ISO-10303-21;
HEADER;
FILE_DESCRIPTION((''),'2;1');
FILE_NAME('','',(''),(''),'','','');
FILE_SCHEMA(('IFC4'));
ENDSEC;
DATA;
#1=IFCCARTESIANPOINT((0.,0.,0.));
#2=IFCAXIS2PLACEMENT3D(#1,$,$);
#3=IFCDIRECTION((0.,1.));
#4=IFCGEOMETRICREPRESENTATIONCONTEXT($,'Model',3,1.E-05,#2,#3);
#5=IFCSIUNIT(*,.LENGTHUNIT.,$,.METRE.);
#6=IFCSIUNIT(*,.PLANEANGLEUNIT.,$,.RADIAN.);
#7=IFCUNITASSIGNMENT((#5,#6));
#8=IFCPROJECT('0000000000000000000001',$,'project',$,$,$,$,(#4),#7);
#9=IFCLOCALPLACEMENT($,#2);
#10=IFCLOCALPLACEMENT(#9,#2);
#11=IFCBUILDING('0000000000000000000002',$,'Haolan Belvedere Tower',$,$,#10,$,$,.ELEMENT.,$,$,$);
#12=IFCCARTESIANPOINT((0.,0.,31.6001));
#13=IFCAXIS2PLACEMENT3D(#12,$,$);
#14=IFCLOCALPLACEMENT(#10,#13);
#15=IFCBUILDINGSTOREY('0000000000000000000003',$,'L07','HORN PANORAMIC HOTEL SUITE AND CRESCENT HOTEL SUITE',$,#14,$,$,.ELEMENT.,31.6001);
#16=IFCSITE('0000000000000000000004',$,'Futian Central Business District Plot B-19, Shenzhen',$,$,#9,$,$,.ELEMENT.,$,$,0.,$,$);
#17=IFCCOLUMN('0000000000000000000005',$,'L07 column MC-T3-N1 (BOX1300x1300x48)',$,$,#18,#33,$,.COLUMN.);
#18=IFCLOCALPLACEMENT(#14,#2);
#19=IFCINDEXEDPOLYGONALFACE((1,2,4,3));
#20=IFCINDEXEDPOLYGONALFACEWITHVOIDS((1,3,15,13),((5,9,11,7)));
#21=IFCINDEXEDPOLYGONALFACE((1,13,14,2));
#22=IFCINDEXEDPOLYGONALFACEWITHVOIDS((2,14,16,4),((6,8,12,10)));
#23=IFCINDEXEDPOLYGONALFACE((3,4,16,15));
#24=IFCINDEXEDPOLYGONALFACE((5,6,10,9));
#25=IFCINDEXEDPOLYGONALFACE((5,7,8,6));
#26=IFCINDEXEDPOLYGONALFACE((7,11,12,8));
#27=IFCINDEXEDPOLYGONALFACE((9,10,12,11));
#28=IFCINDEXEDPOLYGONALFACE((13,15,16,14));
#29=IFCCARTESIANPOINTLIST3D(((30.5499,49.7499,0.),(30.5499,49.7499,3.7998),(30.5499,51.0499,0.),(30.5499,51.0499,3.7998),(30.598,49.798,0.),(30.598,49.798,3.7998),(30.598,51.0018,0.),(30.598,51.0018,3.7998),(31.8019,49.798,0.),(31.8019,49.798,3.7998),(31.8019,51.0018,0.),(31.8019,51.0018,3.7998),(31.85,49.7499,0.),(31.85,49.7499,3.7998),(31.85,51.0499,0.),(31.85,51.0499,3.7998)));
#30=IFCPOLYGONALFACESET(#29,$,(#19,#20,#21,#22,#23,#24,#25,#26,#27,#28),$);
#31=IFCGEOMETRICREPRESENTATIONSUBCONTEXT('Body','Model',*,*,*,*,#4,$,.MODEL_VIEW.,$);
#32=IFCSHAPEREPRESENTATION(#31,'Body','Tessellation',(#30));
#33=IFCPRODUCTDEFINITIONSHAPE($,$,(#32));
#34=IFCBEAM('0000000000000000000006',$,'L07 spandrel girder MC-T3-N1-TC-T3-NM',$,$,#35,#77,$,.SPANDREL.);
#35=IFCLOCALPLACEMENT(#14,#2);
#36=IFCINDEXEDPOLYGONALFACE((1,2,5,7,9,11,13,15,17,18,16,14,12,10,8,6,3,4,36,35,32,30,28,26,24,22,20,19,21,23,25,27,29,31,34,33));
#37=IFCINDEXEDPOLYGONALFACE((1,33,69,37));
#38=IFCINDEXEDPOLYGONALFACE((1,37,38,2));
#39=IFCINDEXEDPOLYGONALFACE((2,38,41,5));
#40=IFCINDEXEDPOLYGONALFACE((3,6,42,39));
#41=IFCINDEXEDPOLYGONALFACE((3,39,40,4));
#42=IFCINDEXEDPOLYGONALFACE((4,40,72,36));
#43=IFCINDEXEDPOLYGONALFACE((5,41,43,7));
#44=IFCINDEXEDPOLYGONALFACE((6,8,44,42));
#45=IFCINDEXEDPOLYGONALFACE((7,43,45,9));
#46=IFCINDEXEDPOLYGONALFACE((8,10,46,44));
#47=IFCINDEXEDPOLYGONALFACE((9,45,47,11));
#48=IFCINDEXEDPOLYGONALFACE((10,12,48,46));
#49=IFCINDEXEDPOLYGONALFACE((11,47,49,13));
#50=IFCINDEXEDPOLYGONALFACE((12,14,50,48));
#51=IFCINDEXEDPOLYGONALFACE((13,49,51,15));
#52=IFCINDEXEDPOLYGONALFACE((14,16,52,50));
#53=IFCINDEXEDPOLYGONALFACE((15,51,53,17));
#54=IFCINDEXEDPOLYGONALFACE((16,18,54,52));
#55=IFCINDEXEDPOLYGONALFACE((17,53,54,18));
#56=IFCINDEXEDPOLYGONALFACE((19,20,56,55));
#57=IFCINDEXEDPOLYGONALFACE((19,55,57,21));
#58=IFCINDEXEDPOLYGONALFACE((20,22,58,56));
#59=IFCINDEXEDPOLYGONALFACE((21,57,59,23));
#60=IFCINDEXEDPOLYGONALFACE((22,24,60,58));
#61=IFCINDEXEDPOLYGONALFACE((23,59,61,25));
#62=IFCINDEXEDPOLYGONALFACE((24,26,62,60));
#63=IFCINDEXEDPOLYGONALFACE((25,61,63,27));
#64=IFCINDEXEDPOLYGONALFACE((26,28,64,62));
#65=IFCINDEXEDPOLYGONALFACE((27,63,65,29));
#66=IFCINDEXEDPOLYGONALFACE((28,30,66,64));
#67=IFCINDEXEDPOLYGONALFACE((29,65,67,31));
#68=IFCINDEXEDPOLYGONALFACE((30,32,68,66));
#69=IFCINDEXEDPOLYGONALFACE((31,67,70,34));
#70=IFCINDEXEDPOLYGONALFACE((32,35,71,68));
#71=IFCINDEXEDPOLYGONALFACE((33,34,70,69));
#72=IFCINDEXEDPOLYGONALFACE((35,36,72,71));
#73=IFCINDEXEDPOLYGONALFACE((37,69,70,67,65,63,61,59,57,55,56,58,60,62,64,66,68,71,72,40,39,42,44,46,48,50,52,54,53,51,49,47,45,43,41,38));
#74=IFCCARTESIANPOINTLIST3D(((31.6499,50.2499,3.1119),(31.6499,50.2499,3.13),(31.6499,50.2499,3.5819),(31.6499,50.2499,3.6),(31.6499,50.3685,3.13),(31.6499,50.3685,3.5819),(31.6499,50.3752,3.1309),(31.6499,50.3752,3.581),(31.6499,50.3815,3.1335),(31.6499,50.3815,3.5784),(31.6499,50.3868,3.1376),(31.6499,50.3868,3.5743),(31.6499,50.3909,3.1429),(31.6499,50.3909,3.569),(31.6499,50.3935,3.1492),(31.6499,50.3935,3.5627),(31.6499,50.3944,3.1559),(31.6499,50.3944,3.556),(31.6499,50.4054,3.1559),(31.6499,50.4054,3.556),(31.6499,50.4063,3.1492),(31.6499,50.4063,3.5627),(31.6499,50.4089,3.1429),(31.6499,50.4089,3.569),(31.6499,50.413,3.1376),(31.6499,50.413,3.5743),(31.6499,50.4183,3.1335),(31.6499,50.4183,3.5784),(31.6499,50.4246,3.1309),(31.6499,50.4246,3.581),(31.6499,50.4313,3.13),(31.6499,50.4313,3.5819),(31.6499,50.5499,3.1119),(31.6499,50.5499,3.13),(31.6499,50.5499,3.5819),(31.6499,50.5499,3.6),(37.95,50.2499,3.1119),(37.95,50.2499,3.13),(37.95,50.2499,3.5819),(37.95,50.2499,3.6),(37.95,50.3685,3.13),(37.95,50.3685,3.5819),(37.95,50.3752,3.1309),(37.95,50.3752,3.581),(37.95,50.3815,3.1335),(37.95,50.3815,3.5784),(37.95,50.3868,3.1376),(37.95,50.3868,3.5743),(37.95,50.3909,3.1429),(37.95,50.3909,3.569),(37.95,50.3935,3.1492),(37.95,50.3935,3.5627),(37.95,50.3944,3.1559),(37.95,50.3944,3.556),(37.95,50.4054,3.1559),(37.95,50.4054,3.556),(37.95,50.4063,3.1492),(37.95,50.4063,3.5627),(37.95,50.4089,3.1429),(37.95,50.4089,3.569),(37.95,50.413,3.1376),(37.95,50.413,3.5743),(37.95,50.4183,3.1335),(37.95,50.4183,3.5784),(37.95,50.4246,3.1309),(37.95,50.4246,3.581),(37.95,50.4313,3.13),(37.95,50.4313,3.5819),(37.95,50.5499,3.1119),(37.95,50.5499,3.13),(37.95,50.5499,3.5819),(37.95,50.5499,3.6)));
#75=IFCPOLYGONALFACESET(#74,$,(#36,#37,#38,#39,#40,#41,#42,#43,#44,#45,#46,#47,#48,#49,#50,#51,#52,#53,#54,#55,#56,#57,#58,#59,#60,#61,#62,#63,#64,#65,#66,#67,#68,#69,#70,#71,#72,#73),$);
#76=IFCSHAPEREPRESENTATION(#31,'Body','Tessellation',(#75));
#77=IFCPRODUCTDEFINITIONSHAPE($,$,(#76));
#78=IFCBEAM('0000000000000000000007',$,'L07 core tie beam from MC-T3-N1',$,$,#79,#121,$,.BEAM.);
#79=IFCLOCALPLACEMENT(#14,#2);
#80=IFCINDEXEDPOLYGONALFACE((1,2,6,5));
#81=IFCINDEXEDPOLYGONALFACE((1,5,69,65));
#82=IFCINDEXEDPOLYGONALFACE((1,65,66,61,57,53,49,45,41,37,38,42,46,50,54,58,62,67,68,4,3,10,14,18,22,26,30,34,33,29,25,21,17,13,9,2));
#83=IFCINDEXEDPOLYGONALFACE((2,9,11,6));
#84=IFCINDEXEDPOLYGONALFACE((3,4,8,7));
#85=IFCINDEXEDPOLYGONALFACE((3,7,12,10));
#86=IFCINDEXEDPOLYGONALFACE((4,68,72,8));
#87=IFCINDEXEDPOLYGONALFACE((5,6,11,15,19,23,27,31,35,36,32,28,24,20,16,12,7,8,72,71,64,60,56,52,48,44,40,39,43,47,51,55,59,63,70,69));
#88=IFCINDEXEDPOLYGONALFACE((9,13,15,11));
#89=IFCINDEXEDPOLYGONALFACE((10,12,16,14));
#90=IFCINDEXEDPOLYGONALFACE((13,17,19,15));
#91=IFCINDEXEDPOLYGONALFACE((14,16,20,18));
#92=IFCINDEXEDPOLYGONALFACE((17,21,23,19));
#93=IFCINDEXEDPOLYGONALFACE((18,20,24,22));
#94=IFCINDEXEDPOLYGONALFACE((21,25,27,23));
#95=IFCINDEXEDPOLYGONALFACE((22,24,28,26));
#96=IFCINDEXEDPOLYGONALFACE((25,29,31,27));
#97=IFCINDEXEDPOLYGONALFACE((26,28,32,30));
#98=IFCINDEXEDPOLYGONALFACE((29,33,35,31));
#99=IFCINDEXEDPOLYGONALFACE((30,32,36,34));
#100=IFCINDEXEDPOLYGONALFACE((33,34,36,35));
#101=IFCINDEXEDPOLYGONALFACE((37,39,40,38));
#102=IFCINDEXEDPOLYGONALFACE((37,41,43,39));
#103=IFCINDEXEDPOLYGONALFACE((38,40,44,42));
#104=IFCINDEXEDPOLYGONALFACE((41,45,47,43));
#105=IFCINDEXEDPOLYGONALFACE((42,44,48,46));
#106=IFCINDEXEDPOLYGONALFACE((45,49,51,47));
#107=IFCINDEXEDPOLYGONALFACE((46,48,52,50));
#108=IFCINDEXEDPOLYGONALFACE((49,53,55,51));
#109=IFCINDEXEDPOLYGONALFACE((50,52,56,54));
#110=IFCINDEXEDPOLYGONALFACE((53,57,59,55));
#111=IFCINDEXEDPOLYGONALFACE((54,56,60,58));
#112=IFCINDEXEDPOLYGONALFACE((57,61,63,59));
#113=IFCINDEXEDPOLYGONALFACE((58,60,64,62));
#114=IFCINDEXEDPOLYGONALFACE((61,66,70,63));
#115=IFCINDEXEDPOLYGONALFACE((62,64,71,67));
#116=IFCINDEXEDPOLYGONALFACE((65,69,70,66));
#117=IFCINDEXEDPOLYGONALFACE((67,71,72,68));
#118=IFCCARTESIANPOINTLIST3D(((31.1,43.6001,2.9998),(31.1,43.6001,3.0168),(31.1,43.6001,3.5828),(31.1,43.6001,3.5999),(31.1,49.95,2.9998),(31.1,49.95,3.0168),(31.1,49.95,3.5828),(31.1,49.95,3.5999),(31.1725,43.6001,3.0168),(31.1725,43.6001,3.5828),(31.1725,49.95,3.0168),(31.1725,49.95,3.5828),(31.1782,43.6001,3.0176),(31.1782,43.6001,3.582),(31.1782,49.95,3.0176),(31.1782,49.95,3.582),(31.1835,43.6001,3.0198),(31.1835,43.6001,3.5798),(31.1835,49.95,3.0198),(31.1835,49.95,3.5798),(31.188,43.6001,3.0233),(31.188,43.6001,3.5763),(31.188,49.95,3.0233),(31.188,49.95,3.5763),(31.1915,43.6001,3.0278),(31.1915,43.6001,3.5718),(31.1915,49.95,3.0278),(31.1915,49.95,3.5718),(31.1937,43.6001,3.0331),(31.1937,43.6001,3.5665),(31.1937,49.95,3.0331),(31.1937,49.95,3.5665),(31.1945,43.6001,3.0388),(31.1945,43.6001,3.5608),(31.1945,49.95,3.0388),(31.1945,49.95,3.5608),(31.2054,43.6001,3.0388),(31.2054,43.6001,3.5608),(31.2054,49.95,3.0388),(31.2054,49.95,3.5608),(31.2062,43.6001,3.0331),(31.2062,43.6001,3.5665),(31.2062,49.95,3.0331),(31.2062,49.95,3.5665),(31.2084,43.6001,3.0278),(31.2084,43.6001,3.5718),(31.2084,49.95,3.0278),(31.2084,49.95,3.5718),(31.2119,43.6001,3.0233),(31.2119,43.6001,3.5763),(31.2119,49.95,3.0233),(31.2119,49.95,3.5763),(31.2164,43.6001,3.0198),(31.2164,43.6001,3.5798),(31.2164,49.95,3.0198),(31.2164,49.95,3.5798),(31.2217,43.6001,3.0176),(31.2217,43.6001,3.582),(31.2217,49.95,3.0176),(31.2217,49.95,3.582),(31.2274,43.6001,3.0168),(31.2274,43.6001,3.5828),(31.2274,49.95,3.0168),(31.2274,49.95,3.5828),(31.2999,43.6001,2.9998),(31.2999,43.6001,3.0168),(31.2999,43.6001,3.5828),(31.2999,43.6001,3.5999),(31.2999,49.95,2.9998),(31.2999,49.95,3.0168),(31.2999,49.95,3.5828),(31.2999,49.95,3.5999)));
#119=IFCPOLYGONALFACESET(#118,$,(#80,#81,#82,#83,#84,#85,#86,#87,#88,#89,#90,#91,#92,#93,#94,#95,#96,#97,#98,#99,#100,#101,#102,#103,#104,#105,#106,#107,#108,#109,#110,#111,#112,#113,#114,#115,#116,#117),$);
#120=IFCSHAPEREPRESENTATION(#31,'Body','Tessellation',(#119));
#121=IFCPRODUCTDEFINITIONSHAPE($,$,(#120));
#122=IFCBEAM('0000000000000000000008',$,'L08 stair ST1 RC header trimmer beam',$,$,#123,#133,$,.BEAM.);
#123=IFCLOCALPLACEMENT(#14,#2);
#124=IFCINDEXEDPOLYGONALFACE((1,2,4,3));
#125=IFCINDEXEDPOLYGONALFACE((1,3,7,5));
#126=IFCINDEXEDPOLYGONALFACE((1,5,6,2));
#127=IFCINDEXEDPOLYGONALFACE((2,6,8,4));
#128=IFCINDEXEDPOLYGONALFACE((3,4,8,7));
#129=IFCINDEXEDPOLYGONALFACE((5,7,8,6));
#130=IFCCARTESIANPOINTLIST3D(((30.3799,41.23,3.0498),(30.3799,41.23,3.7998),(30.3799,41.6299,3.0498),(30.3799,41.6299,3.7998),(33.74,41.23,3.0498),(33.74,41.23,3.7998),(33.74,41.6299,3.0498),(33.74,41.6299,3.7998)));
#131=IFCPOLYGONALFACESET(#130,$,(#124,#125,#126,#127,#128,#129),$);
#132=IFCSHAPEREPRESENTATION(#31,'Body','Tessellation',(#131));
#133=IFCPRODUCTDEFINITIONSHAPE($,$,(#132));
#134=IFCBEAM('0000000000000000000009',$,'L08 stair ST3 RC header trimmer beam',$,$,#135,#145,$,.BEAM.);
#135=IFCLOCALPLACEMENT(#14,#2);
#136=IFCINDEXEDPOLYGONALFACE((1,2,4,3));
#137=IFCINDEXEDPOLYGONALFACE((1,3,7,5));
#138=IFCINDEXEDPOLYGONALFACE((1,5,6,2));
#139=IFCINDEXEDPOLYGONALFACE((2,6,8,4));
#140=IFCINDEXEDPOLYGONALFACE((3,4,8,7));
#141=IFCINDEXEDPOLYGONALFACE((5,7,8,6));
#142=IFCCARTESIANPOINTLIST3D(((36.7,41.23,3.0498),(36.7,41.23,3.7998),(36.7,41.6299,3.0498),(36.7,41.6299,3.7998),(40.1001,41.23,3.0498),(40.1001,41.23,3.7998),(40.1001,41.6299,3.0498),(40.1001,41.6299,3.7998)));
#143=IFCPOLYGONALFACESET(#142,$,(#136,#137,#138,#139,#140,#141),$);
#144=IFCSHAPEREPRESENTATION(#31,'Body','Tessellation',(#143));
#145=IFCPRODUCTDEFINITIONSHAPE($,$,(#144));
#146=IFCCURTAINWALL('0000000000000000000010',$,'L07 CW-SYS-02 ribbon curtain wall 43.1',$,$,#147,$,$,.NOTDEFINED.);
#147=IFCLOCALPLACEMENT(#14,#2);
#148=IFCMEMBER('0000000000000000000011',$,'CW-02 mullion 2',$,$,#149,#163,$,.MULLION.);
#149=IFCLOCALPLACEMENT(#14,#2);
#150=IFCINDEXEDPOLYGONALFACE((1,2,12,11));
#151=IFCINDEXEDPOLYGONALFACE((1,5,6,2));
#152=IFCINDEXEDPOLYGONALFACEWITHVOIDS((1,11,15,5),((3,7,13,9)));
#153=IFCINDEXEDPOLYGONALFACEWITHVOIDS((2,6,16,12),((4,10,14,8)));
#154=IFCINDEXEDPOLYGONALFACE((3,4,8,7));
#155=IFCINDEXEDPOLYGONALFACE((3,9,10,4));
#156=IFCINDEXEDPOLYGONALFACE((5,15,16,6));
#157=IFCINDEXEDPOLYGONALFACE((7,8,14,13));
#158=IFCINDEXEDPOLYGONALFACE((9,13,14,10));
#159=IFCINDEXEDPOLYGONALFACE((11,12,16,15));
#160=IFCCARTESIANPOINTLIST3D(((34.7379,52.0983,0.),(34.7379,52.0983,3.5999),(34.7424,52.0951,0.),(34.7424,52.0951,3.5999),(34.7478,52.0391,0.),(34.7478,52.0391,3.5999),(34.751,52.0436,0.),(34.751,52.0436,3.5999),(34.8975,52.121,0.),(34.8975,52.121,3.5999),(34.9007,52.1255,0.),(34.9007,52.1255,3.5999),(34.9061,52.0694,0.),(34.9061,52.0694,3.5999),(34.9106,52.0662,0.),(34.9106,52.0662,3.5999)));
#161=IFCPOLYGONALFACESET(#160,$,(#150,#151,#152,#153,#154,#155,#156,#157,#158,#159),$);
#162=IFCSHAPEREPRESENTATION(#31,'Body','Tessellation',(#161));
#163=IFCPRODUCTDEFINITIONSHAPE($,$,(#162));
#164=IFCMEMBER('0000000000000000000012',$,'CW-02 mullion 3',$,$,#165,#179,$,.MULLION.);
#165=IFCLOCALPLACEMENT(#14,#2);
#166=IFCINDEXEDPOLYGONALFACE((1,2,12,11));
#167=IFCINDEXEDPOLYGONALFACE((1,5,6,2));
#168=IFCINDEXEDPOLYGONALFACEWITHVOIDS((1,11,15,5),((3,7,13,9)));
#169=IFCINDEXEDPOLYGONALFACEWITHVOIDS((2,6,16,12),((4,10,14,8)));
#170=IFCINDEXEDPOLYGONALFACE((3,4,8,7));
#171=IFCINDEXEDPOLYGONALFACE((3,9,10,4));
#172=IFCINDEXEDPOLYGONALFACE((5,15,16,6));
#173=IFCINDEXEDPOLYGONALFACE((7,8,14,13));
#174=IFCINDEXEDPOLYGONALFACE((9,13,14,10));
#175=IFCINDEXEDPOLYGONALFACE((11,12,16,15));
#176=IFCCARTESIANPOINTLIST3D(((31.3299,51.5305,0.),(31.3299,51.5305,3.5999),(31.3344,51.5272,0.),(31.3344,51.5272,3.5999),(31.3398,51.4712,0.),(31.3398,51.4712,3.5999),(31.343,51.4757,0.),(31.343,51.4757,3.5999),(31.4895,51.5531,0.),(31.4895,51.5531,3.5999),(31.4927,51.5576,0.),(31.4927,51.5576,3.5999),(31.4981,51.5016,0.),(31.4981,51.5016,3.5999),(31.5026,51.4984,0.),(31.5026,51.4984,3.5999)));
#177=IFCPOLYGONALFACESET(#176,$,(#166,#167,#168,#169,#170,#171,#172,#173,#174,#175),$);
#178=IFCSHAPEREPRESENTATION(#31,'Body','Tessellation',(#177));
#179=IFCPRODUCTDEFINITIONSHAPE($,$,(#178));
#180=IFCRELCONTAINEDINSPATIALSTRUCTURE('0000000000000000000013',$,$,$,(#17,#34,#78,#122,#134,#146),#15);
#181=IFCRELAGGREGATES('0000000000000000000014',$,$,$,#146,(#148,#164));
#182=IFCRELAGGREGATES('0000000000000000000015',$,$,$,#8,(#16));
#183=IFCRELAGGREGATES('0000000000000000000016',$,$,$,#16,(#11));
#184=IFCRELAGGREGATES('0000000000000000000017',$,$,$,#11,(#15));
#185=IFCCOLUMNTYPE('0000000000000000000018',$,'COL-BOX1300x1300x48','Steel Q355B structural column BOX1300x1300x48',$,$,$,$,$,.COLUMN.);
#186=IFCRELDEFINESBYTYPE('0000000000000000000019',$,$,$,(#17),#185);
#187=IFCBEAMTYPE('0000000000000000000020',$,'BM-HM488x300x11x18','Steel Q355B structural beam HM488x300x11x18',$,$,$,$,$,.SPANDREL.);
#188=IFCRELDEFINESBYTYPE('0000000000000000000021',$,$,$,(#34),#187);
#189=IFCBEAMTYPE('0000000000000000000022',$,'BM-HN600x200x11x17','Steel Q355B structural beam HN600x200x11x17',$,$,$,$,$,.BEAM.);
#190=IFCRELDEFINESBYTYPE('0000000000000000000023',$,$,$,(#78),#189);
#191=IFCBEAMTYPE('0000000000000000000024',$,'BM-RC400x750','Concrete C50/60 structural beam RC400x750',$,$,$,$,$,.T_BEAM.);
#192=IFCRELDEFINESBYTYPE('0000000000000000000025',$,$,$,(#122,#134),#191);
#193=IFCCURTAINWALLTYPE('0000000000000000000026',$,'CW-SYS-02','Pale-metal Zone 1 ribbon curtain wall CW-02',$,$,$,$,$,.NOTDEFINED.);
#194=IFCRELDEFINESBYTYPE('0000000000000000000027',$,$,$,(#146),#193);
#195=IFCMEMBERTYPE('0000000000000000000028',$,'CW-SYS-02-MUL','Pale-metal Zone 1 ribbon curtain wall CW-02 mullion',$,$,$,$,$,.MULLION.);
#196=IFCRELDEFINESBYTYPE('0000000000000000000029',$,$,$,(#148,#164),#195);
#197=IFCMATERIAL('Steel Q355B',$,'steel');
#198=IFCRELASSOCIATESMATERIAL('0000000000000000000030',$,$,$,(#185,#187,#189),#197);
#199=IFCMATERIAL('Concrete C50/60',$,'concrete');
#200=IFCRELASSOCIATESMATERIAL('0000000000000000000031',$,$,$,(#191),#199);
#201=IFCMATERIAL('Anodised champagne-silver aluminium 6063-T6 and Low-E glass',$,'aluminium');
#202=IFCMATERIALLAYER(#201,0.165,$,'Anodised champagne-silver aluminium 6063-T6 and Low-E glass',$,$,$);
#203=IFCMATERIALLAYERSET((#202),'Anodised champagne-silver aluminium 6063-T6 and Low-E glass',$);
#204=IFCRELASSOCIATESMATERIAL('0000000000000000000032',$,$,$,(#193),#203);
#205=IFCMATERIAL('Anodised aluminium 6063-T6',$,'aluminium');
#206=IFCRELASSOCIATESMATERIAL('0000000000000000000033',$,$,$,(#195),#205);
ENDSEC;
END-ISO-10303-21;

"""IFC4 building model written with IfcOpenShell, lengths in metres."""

from ifc_helpers import new_model, si_unit, direction, frame, origin, origin_2d, place, context, subcontext, project, spatial, rectangle, hollow_rectangle, i_section, extrude, material, layer, layer_set, material_profile, profile_set, type_object, element, aggregate, save


model = new_model("IFC4")

# Units and contexts
model_context = context("Model", 3, precision=1e-05, world=origin(), true_north=direction((0.0, 1.0)))
body_context = subcontext(model_context, "Body", "Model", "MODEL_VIEW")
ifc_project = project(units=[si_unit("LENGTHUNIT", "METRE"), si_unit("PLANEANGLEUNIT", "RADIAN")], contexts=[model_context])

# Site, building, storey
site_placement = place(None, origin())
site = spatial("IfcSite", under=ifc_project, at=site_placement, Name="Futian Central Business District Plot B-19, Shenzhen", CompositionType="ELEMENT", RefElevation=0.0)
building_placement = place(site_placement, origin())
building = spatial("IfcBuilding", under=site, at=building_placement, Name="Haolan Belvedere Tower", CompositionType="ELEMENT")
storey_placement = place(building_placement, frame((0.0, 0.0, 31.6001)))
storey = spatial("IfcBuildingStorey", under=building, at=storey_placement, Name="L07", Description="HORN PANORAMIC HOTEL SUITE AND CRESCENT HOTEL SUITE", CompositionType="ELEMENT", Elevation=31.6001)

# Column
ifc_material_1 = material(Name="Steel Q355B", Category="steel")
ifc_material_profile_1 = material_profile(ifc_material_1, hollow_rectangle(XDim=1.3, YDim=1.3, WallThickness=0.0481, at=origin_2d()), Name="Steel Q355B")
ifc_profile_set_1 = profile_set([ifc_material_profile_1], Name="Steel Q355B")
column_type = type_object("IfcColumnType", Name="COL-BOX1300x1300x48", Description="Steel Q355B structural column BOX1300x1300x48", PredefinedType="COLUMN", material=ifc_profile_set_1)
column_placement = place(storey_placement, frame((31.2, 50.3999, 0.0), z_axis=(0.0, 0.0, 1.0), x_axis=(1.0, 0.0, 0.0)))
element("IfcColumn", 1, at=column_placement, inside=storey, type_object=column_type, Name="L07 column MC-T3-N1 (BOX1300x1300x48)", PredefinedType="COLUMN", context=body_context, shape_type="SweptSolid", body=[
    extrude(hollow_rectangle(XDim=1.3, YDim=1.3, WallThickness=0.0481, at=origin_2d()), origin(), (0.0, 0.0, 1.0), 3.7998),
])

# Beams
ifc_material_profile_2 = material_profile(ifc_material_1, i_section(OverallWidth=0.3, OverallDepth=0.488, WebThickness=0.011, FlangeThickness=0.0181, FilletRadius=0.0259, at=origin_2d()), Name="Steel Q355B")
ifc_profile_set_2 = profile_set([ifc_material_profile_2], Name="Steel Q355B")
beam_type_1 = type_object("IfcBeamType", Name="BM-HM488x300x11x18", Description="Steel Q355B structural beam HM488x300x11x18", PredefinedType="SPANDREL", material=ifc_profile_set_2)
beam_1_placement = place(storey_placement, frame((31.6499, 50.3999, 3.356), z_axis=(1.0, 0.0, 0.0), x_axis=(0.0, 1.0, 0.0)))
element("IfcBeam", 2, at=beam_1_placement, inside=storey, type_object=beam_type_1, Name="L07 spandrel girder MC-T3-N1-TC-T3-NM", PredefinedType="SPANDREL", context=body_context, shape_type="SweptSolid", body=[
    extrude(i_section(OverallWidth=0.3, OverallDepth=0.488, WebThickness=0.011, FlangeThickness=0.0181, FilletRadius=0.0259, at=origin_2d()), origin(), (0.0, 0.0, 1.0), 6.3),
])
ifc_material_profile_3 = material_profile(ifc_material_1, i_section(OverallWidth=0.2, OverallDepth=0.6001, WebThickness=0.011, FlangeThickness=0.0171, FilletRadius=0.022, at=origin_2d()), Name="Steel Q355B")
ifc_profile_set_3 = profile_set([ifc_material_profile_3], Name="Steel Q355B")
beam_type_2 = type_object("IfcBeamType", Name="BM-HN600x200x11x17", Description="Steel Q355B structural beam HN600x200x11x17", PredefinedType="BEAM", material=ifc_profile_set_3)
beam_2_placement = place(storey_placement, frame((31.2, 49.95, 3.2998), z_axis=(0.0, -1.0, 0.0), x_axis=(1.0, 0.0, 0.0)))
element("IfcBeam", 3, at=beam_2_placement, inside=storey, type_object=beam_type_2, Name="L07 core tie beam from MC-T3-N1", PredefinedType="BEAM", context=body_context, shape_type="SweptSolid", body=[
    extrude(i_section(OverallWidth=0.2, OverallDepth=0.6001, WebThickness=0.011, FlangeThickness=0.0171, FilletRadius=0.022, at=origin_2d()), origin(), (0.0, 0.0, 1.0), 6.3499),
])
ifc_material_2 = material(Name="Concrete C50/60", Category="concrete")
ifc_material_profile_4 = material_profile(ifc_material_2, rectangle(XDim=0.3999, YDim=0.75, at=origin_2d()), Name="Concrete C50/60")
ifc_profile_set_4 = profile_set([ifc_material_profile_4], Name="Concrete C50/60")
beam_type_3 = type_object("IfcBeamType", Name="BM-RC400x750", Description="Concrete C50/60 structural beam RC400x750", PredefinedType="T_BEAM", material=ifc_profile_set_4)
beam_3_placement = place(storey_placement, frame((30.3799, 41.4299, 3.4248), z_axis=(1.0, 0.0, 0.0), x_axis=(0.0, 1.0, 0.0)))
element("IfcBeam", 4, at=beam_3_placement, inside=storey, type_object=beam_type_3, Name="L08 stair ST1 RC header trimmer beam", PredefinedType="BEAM", context=body_context, shape_type="SweptSolid", body=[
    extrude(rectangle(XDim=0.3999, YDim=0.75, at=origin_2d()), origin(), (0.0, 0.0, 1.0), 3.3601),
])
beam_4_placement = place(storey_placement, frame((36.7, 41.4299, 3.4248), z_axis=(1.0, 0.0, 0.0), x_axis=(0.0, 1.0, 0.0)))
element("IfcBeam", 5, at=beam_4_placement, inside=storey, type_object=beam_type_3, Name="L08 stair ST3 RC header trimmer beam", PredefinedType="BEAM", context=body_context, shape_type="SweptSolid", body=[
    extrude(rectangle(XDim=0.3999, YDim=0.75, at=origin_2d()), origin(), (0.0, 0.0, 1.0), 3.4001),
])

# Curtain wall, members
ifc_material_3 = material(Name="Anodised champagne-silver aluminium 6063-T6 and Low-E glass", Category="aluminium")
ifc_layer_1 = layer(ifc_material_3, 0.165, Name="Anodised champagne-silver aluminium 6063-T6 and Low-E glass")
ifc_layer_set_1 = layer_set([ifc_layer_1], Name="Anodised champagne-silver aluminium 6063-T6 and Low-E glass")
curtain_wall_type = type_object("IfcCurtainWallType", Name="CW-SYS-02", Description="Pale-metal Zone 1 ribbon curtain wall CW-02", PredefinedType="NOTDEFINED", material=ifc_layer_set_1)
curtain_wall_placement = place(storey_placement, origin())
curtain_wall = element("IfcCurtainWall", 6, at=curtain_wall_placement, inside=storey, type_object=curtain_wall_type, Name="L07 CW-SYS-02 ribbon curtain wall 43.1", PredefinedType="NOTDEFINED")
ifc_material_4 = material(Name="Anodised aluminium 6063-T6", Category="aluminium")
ifc_material_profile_5 = material_profile(ifc_material_4, hollow_rectangle(XDim=0.0601, YDim=0.165, WallThickness=0.0039, at=origin_2d()), Name="Anodised aluminium 6063-T6")
ifc_profile_set_5 = profile_set([ifc_material_profile_5], Name="Anodised aluminium 6063-T6")
member_type_1 = type_object("IfcMemberType", Name="CW-SYS-02-MUL", Description="Pale-metal Zone 1 ribbon curtain wall CW-02 mullion", PredefinedType="MULLION", material=ifc_profile_set_5)
member_1_placement = place(storey_placement, frame((34.8242, 52.0823, 0.0), z_axis=(0.0, 0.0, 1.0), x_axis=(0.164404, -0.986393, 0.0)))
member_1 = element("IfcMember", 7, at=member_1_placement, type_object=member_type_1, Name="CW-02 mullion 2", PredefinedType="MULLION", context=body_context, shape_type="SweptSolid", body=[
    extrude(hollow_rectangle(XDim=0.0601, YDim=0.165, WallThickness=0.0039, at=origin_2d()), origin(), (0.0, 0.0, 1.0), 3.5999),
])
member_2_placement = place(storey_placement, frame((31.4163, 51.5144, 0.0), z_axis=(0.0, 0.0, 1.0), x_axis=(0.164404, -0.986393, 0.0)))
member_2 = element("IfcMember", 8, at=member_2_placement, type_object=member_type_1, Name="CW-02 mullion 3", PredefinedType="MULLION", context=body_context, shape_type="SweptSolid", body=[
    extrude(hollow_rectangle(XDim=0.0601, YDim=0.165, WallThickness=0.0039, at=origin_2d()), origin(), (0.0, 0.0, 1.0), 3.5999),
])
aggregate(curtain_wall, [member_1, member_2])

save(model, "model.ifc")
